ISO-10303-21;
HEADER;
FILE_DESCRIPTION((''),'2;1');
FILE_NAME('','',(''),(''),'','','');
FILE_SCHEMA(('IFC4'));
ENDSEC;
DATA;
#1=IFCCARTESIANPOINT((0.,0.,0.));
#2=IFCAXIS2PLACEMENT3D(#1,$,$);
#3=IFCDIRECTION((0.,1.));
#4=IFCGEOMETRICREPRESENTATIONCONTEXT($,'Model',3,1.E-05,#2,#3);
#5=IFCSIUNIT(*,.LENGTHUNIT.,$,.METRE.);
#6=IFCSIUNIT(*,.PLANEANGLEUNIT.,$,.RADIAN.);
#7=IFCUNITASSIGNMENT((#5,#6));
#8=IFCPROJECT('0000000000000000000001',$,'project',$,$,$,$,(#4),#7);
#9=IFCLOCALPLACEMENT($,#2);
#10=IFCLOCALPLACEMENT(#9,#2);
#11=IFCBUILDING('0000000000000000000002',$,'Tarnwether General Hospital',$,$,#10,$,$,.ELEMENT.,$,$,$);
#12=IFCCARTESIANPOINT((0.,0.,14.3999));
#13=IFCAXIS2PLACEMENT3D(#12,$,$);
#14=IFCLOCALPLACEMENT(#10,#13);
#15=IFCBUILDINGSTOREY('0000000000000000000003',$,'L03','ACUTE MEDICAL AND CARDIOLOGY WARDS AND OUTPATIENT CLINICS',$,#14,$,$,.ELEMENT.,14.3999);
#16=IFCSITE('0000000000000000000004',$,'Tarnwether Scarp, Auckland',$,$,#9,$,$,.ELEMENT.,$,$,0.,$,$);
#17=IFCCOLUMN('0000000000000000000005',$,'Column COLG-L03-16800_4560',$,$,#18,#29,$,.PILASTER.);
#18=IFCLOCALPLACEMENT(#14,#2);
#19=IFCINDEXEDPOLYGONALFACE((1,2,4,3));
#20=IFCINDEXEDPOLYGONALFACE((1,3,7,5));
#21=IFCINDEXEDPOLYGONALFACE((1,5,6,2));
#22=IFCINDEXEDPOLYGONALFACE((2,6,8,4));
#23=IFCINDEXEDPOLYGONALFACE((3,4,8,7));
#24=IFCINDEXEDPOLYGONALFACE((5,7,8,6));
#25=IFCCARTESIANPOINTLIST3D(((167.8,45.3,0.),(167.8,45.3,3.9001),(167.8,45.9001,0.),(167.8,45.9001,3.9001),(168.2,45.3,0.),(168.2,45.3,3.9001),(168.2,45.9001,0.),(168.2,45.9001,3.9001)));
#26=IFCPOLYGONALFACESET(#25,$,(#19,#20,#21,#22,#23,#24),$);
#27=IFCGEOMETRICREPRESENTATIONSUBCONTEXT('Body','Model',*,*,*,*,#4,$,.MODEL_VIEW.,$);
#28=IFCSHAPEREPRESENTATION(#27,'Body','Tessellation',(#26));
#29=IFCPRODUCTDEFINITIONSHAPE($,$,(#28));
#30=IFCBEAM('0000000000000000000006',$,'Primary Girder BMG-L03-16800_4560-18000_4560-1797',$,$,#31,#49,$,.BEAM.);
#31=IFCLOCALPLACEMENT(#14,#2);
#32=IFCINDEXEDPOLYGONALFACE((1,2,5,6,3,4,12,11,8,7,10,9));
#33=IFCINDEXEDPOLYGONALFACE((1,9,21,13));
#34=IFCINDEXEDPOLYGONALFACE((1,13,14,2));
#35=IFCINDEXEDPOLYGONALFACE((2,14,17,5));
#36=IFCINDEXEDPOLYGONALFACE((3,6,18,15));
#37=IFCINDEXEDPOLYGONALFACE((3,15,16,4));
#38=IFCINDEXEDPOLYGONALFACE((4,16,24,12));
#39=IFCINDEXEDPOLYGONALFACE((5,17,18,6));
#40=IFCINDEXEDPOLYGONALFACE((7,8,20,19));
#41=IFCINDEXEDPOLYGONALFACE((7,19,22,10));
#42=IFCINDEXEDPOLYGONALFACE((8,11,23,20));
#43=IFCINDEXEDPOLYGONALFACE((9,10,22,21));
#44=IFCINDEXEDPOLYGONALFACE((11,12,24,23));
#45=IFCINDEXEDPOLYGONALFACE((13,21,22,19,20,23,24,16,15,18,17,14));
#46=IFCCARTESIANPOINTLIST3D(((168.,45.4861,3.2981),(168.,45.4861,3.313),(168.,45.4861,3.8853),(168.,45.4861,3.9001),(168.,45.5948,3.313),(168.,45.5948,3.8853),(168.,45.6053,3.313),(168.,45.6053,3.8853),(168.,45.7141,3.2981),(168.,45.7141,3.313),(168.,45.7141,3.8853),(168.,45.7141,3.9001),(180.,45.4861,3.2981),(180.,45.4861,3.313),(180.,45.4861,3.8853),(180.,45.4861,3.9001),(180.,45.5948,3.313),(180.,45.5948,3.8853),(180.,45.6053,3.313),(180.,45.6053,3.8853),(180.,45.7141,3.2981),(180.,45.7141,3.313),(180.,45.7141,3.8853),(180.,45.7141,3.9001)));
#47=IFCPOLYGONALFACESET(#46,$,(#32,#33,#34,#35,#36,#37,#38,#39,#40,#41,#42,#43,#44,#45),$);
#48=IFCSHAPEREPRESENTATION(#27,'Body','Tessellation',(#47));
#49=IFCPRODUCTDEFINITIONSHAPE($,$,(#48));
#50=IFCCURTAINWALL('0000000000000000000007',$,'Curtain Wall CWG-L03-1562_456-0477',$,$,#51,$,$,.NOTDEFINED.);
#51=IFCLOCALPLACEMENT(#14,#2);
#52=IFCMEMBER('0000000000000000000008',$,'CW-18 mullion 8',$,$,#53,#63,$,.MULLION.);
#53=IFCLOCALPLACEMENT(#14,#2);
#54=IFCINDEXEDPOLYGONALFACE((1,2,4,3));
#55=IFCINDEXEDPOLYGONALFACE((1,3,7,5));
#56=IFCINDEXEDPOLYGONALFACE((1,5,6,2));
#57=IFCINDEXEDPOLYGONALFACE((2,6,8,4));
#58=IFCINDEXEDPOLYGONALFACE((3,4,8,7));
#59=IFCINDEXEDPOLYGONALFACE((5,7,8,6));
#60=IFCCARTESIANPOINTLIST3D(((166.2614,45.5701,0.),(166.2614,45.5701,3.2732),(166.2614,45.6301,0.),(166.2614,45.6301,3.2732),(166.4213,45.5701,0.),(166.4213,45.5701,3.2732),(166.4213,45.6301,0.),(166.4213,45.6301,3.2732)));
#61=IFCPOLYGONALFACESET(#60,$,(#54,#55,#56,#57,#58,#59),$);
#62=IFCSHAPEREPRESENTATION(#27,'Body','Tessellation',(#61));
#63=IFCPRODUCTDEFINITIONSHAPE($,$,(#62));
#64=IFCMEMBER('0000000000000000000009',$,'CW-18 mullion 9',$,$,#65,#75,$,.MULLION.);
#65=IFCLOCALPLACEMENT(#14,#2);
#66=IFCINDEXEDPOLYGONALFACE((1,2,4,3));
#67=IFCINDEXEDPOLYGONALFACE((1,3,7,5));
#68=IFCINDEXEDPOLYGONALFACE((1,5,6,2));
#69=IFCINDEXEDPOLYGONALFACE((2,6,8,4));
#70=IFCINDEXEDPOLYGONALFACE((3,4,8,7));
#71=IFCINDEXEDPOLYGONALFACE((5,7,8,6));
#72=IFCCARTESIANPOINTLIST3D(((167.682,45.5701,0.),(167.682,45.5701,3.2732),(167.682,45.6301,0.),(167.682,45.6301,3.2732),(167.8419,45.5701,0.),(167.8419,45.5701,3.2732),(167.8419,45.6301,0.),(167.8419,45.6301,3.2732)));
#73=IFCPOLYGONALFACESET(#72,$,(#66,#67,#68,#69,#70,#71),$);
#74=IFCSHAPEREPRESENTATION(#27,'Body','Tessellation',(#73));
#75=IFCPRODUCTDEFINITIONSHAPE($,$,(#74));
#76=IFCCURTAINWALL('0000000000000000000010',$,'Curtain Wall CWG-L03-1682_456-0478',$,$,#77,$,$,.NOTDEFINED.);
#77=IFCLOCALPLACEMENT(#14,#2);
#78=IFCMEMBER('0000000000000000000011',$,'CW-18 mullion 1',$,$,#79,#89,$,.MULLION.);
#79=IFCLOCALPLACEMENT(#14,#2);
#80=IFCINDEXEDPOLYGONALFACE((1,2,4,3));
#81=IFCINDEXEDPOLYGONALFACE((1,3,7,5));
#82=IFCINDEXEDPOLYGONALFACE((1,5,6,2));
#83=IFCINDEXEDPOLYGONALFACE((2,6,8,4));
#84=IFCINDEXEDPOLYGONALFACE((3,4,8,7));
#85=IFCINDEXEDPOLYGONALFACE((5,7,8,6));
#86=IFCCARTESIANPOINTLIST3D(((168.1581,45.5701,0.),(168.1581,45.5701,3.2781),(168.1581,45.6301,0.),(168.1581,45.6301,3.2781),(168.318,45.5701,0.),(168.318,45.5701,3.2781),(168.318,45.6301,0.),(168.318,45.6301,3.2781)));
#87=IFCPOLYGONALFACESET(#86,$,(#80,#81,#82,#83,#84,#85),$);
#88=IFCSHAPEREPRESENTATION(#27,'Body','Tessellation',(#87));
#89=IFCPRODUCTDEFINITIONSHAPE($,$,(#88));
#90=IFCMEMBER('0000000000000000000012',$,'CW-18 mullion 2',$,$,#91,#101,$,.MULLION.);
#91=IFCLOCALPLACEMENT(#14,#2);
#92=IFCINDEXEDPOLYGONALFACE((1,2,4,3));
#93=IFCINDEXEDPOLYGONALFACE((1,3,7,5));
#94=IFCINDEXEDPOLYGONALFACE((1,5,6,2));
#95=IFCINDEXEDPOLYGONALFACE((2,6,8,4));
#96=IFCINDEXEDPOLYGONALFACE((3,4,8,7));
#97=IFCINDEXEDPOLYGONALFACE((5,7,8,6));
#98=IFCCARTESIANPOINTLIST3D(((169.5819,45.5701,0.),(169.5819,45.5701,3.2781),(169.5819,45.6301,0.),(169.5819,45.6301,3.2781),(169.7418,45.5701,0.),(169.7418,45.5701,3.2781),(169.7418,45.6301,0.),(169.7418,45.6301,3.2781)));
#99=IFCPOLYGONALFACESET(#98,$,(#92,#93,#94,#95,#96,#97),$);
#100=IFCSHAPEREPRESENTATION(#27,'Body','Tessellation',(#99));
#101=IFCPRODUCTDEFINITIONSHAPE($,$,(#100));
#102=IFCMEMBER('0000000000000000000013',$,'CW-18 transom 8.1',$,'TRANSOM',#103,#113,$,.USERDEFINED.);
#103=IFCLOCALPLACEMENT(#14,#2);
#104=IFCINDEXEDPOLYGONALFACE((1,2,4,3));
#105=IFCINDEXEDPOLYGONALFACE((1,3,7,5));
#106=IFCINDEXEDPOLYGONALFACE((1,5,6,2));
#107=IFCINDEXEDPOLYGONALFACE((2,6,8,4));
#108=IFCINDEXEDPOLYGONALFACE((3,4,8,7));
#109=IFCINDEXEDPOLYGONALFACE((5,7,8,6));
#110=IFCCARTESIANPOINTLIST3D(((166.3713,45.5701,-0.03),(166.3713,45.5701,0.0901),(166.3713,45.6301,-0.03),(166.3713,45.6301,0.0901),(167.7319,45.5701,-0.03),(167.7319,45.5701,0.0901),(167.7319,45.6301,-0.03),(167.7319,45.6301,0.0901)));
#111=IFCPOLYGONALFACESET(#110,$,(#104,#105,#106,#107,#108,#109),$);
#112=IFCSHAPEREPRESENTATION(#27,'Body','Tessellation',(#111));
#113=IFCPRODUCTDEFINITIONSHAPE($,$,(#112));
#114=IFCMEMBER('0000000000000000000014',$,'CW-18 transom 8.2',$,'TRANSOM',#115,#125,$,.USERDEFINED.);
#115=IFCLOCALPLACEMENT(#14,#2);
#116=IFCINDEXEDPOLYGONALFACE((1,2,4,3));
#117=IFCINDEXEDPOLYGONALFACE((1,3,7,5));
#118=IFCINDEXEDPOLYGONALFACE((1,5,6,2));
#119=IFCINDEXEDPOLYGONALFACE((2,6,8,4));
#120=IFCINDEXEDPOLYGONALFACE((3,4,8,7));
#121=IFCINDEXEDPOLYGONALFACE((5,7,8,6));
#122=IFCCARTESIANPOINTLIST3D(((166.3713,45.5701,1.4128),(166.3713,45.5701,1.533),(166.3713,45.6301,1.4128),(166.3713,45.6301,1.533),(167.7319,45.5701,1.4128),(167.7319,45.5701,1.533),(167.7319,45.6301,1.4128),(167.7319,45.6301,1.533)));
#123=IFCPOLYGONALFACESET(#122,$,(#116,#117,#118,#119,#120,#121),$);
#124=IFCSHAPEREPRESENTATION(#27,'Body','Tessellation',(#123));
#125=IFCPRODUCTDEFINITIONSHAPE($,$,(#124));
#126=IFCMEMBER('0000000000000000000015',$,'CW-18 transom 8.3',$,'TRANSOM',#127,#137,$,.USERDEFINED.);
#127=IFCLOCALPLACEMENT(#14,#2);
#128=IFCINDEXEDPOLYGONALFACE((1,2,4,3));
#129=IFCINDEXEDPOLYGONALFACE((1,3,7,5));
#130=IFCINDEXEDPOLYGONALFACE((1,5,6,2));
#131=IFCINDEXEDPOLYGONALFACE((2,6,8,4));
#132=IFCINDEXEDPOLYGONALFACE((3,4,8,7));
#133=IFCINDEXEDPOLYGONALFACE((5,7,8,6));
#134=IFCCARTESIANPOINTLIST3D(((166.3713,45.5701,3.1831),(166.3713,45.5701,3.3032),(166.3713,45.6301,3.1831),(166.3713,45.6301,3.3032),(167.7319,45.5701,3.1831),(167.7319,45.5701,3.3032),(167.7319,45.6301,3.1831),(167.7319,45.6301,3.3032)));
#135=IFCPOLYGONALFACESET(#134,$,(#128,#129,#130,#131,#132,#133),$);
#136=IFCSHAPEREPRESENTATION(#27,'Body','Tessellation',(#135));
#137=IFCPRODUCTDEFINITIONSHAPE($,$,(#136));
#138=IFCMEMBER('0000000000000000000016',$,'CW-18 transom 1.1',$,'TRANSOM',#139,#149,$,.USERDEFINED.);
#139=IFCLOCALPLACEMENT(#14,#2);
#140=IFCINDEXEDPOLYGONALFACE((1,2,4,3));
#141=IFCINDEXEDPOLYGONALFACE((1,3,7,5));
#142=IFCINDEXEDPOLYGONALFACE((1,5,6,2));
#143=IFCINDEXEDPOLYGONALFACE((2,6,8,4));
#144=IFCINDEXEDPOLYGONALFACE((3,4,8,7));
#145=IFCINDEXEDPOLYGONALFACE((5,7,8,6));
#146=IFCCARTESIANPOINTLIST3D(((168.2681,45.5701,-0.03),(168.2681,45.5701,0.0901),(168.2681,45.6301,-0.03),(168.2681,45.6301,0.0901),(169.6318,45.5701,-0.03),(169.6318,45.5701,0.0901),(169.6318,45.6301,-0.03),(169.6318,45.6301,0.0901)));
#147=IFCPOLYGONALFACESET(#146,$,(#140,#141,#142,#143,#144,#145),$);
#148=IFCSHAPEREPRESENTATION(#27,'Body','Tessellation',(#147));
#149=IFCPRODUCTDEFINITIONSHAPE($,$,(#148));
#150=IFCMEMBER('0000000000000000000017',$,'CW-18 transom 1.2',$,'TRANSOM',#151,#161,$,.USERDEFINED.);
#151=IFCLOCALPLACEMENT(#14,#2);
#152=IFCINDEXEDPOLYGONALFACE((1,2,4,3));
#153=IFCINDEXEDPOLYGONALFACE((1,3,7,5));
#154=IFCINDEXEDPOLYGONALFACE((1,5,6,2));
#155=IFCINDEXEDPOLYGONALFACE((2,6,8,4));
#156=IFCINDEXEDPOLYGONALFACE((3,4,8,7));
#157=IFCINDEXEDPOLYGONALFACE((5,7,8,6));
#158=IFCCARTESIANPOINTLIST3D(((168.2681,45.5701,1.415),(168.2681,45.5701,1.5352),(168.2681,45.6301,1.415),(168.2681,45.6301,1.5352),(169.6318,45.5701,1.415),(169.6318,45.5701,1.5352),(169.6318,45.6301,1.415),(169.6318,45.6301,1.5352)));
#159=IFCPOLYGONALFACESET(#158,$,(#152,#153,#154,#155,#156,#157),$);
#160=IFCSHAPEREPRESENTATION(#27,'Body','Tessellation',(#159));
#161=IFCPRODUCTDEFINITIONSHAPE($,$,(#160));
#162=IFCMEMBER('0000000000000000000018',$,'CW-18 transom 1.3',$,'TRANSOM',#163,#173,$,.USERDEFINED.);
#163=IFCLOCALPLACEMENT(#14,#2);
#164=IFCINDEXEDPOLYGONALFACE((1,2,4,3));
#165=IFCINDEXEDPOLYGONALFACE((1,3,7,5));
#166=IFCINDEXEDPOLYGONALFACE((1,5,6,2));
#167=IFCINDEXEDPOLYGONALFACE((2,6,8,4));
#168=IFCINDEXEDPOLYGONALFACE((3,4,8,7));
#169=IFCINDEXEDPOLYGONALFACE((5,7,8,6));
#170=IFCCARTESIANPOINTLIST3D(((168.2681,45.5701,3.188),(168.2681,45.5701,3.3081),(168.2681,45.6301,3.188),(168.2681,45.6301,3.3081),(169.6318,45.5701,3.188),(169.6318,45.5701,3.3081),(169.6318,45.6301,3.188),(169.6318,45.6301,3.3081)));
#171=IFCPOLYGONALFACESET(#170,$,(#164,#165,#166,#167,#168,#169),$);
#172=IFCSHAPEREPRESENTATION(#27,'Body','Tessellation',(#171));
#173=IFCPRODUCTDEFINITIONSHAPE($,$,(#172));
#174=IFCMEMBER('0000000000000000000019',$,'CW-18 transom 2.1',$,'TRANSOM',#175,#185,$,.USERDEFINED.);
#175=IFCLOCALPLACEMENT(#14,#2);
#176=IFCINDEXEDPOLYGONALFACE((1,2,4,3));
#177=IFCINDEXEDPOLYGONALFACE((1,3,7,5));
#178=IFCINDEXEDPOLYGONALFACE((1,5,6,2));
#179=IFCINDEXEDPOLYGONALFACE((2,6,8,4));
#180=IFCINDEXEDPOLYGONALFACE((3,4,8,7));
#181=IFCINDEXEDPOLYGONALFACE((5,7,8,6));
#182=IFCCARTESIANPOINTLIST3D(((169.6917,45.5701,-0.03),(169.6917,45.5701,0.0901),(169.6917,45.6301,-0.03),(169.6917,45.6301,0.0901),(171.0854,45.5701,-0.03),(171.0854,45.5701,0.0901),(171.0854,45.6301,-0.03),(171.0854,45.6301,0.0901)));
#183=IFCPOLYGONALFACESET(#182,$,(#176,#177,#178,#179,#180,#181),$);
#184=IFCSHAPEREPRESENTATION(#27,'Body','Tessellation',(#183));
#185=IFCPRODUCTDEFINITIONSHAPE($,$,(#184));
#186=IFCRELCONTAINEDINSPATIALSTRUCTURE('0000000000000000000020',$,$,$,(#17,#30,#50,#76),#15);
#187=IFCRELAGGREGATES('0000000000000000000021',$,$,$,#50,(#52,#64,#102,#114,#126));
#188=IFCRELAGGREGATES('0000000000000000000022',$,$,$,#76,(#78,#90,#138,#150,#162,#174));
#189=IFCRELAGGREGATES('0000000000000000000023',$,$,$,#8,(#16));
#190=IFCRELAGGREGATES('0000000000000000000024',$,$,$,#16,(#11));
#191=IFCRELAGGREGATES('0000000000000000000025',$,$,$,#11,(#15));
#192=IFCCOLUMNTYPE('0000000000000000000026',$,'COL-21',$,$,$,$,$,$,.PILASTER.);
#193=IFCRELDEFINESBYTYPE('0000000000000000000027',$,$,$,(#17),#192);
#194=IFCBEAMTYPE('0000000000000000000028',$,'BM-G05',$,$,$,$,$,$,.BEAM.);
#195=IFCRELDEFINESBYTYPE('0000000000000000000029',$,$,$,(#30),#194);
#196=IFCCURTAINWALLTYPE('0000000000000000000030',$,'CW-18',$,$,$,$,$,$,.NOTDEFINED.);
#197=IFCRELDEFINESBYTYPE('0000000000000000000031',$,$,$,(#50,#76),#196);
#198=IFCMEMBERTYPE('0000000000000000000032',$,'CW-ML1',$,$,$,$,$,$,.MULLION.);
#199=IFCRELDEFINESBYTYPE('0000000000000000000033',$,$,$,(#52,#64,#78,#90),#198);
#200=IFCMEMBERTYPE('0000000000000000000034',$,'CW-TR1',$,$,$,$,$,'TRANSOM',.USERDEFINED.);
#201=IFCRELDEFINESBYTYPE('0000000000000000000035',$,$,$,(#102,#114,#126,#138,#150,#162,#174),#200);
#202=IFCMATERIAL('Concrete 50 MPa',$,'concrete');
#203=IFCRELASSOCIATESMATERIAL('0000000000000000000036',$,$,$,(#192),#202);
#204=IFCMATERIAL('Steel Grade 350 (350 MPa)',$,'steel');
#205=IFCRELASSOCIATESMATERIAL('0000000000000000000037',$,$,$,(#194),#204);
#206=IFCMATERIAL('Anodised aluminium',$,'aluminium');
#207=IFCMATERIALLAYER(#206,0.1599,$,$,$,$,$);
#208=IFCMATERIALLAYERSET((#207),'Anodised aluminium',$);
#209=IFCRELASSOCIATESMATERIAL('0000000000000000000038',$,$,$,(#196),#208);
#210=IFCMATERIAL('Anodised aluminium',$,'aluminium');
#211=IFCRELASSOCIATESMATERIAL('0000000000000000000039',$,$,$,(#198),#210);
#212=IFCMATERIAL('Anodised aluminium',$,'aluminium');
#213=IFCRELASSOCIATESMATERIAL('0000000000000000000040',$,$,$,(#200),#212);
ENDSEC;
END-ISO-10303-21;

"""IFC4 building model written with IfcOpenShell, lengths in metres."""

from ifc_helpers import new_model, si_unit, direction, frame, origin, origin_2d, place, context, subcontext, project, spatial, rectangle, i_section, extrude, material, layer, layer_set, material_profile, profile_set, type_object, element, aggregate, save


model = new_model("IFC4")

# Units and contexts
model_context = context("Model", 3, precision=1e-05, world=origin(), true_north=direction((0.0, 1.0)))
body_context = subcontext(model_context, "Body", "Model", "MODEL_VIEW")
ifc_project = project(units=[si_unit("LENGTHUNIT", "METRE"), si_unit("PLANEANGLEUNIT", "RADIAN")], contexts=[model_context])

# Site, building, storey
site_placement = place(None, origin())
site = spatial("IfcSite", under=ifc_project, at=site_placement, Name="Tarnwether Scarp, Auckland", CompositionType="ELEMENT", RefElevation=0.0)
building_placement = place(site_placement, origin())
building = spatial("IfcBuilding", under=site, at=building_placement, Name="Tarnwether General Hospital", CompositionType="ELEMENT")
storey_placement = place(building_placement, frame((0.0, 0.0, 14.3999)))
storey = spatial("IfcBuildingStorey", under=building, at=storey_placement, Name="L03", Description="ACUTE MEDICAL AND CARDIOLOGY WARDS AND OUTPATIENT CLINICS", CompositionType="ELEMENT", Elevation=14.3999)

# Column
ifc_material_1 = material(Name="Concrete 50 MPa", Category="concrete")
ifc_material_profile_1 = material_profile(ifc_material_1, rectangle(XDim=0.3999, YDim=0.6001, at=origin_2d()), Name="RC-PIL-400x600")
ifc_profile_set_1 = profile_set([ifc_material_profile_1], Name="Concrete 50 MPa")
column_type = type_object("IfcColumnType", Name="COL-21", PredefinedType="PILASTER", material=ifc_profile_set_1)
column_placement = place(storey_placement, frame((168.0, 45.6001, 0.0), z_axis=(0.0, 0.0, 1.0), x_axis=(1.0, 0.0, 0.0)))
element("IfcColumn", 1, at=column_placement, inside=storey, type_object=column_type, Name="Column COLG-L03-16800_4560", PredefinedType="PILASTER", context=body_context, shape_type="SweptSolid", body=[
    extrude(rectangle(XDim=0.3999, YDim=0.6001, at=origin_2d()), origin(), (0.0, 0.0, 1.0), 3.9001),
])

# Beam
ifc_material_2 = material(Name="Steel Grade 350 (350 MPa)", Category="steel")
ifc_material_profile_2 = material_profile(ifc_material_2, i_section(OverallWidth=0.228, OverallDepth=0.6021, WebThickness=0.0105, FlangeThickness=0.0149, at=origin_2d()), Name="610UB101")
ifc_profile_set_2 = profile_set([ifc_material_profile_2], Name="Steel Grade 350 (350 MPa)")
beam_type = type_object("IfcBeamType", Name="BM-G05", PredefinedType="BEAM", material=ifc_profile_set_2)
beam_placement = place(storey_placement, frame((168.0, 45.6001, 3.5991), z_axis=(1.0, 0.0, 0.0), x_axis=(0.0, 1.0, 0.0)))
element("IfcBeam", 2, at=beam_placement, inside=storey, type_object=beam_type, Name="Primary Girder BMG-L03-16800_4560-18000_4560-1797", PredefinedType="BEAM", context=body_context, shape_type="SweptSolid", body=[
    extrude(i_section(OverallWidth=0.228, OverallDepth=0.6021, WebThickness=0.0105, FlangeThickness=0.0149, at=origin_2d()), origin(), (0.0, 0.0, 1.0), 12.0),
])

# Curtain walls, members
ifc_material_3 = material(Name="Anodised aluminium", Category="aluminium")
ifc_layer_1 = layer(ifc_material_3, 0.1599)
ifc_layer_set_1 = layer_set([ifc_layer_1], Name="Anodised aluminium")
curtain_wall_type = type_object("IfcCurtainWallType", Name="CW-18", PredefinedType="NOTDEFINED", material=ifc_layer_set_1)
curtain_wall_1_placement = place(storey_placement, origin())
curtain_wall_1 = element("IfcCurtainWall", 3, at=curtain_wall_1_placement, inside=storey, type_object=curtain_wall_type, Name="Curtain Wall CWG-L03-1562_456-0477", PredefinedType="NOTDEFINED")
ifc_material_4 = material(Name="Anodised aluminium", Category="aluminium")
ifc_material_profile_3 = material_profile(ifc_material_4, rectangle(XDim=0.0601, YDim=0.1599, at=origin_2d()), Name="ALU-MUL-60x160")
ifc_profile_set_3 = profile_set([ifc_material_profile_3], Name="Anodised aluminium")
member_type_1 = type_object("IfcMemberType", Name="CW-ML1", PredefinedType="MULLION", material=ifc_profile_set_3)
member_1_placement = place(storey_placement, frame((166.3413, 45.6001, 0.0), z_axis=(0.0, 0.0, 1.0), x_axis=(0.0, 1.0, 0.0)))
member_1 = element("IfcMember", 4, at=member_1_placement, type_object=member_type_1, Name="CW-18 mullion 8", PredefinedType="MULLION", context=body_context, shape_type="SweptSolid", body=[
    extrude(rectangle(XDim=0.0601, YDim=0.1599, at=origin_2d()), origin(), (0.0, 0.0, 1.0), 3.2732),
])
member_2_placement = place(storey_placement, frame((167.762, 45.6001, 0.0), z_axis=(0.0, 0.0, 1.0), x_axis=(0.0, 1.0, 0.0)))
member_2 = element("IfcMember", 5, at=member_2_placement, type_object=member_type_1, Name="CW-18 mullion 9", PredefinedType="MULLION", context=body_context, shape_type="SweptSolid", body=[
    extrude(rectangle(XDim=0.0601, YDim=0.1599, at=origin_2d()), origin(), (0.0, 0.0, 1.0), 3.2732),
])
curtain_wall_2_placement = place(storey_placement, origin())
curtain_wall_2 = element("IfcCurtainWall", 6, at=curtain_wall_2_placement, inside=storey, type_object=curtain_wall_type, Name="Curtain Wall CWG-L03-1682_456-0478", PredefinedType="NOTDEFINED")
member_3_placement = place(storey_placement, frame((168.238, 45.6001, 0.0), z_axis=(0.0, 0.0, 1.0), x_axis=(0.0, 1.0, 0.0)))
member_3 = element("IfcMember", 7, at=member_3_placement, type_object=member_type_1, Name="CW-18 mullion 1", PredefinedType="MULLION", context=body_context, shape_type="SweptSolid", body=[
    extrude(rectangle(XDim=0.0601, YDim=0.1599, at=origin_2d()), origin(), (0.0, 0.0, 1.0), 3.2781),
])
member_4_placement = place(storey_placement, frame((169.6619, 45.6001, 0.0), z_axis=(0.0, 0.0, 1.0), x_axis=(0.0, 1.0, 0.0)))
member_4 = element("IfcMember", 8, at=member_4_placement, type_object=member_type_1, Name="CW-18 mullion 2", PredefinedType="MULLION", context=body_context, shape_type="SweptSolid", body=[
    extrude(rectangle(XDim=0.0601, YDim=0.1599, at=origin_2d()), origin(), (0.0, 0.0, 1.0), 3.2781),
])

# Members
ifc_material_5 = material(Name="Anodised aluminium", Category="aluminium")
ifc_material_profile_4 = material_profile(ifc_material_5, rectangle(XDim=0.0601, YDim=0.1201, at=origin_2d()), Name="ALU-TRN-60x120")
ifc_profile_set_4 = profile_set([ifc_material_profile_4], Name="Anodised aluminium")
member_type_2 = type_object("IfcMemberType", Name="CW-TR1", ElementType="TRANSOM", PredefinedType="USERDEFINED", material=ifc_profile_set_4)
member_5_placement = place(storey_placement, frame((166.3713, 45.6001, 0.03), z_axis=(1.0, 0.0, 0.0), x_axis=(0.0, 1.0, 0.0)))
member_5 = element("IfcMember", 9, at=member_5_placement, type_object=member_type_2, Name="CW-18 transom 8.1", ObjectType="TRANSOM", PredefinedType="USERDEFINED", context=body_context, shape_type="SweptSolid", body=[
    extrude(rectangle(XDim=0.0601, YDim=0.1201, at=origin_2d()), origin(), (0.0, 0.0, 1.0), 1.3606),
])
member_6_placement = place(storey_placement, frame((166.3713, 45.6001, 1.4729), z_axis=(1.0, 0.0, 0.0), x_axis=(0.0, 1.0, 0.0)))
member_6 = element("IfcMember", 10, at=member_6_placement, type_object=member_type_2, Name="CW-18 transom 8.2", ObjectType="TRANSOM", PredefinedType="USERDEFINED", context=body_context, shape_type="SweptSolid", body=[
    extrude(rectangle(XDim=0.0601, YDim=0.1201, at=origin_2d()), origin(), (0.0, 0.0, 1.0), 1.3606),
])
member_7_placement = place(storey_placement, frame((166.3713, 45.6001, 3.2432), z_axis=(1.0, 0.0, 0.0), x_axis=(0.0, 1.0, 0.0)))
member_7 = element("IfcMember", 11, at=member_7_placement, type_object=member_type_2, Name="CW-18 transom 8.3", ObjectType="TRANSOM", PredefinedType="USERDEFINED", context=body_context, shape_type="SweptSolid", body=[
    extrude(rectangle(XDim=0.0601, YDim=0.1201, at=origin_2d()), origin(), (0.0, 0.0, 1.0), 1.3606),
])
member_8_placement = place(storey_placement, frame((168.2681, 45.6001, 0.03), z_axis=(1.0, 0.0, 0.0), x_axis=(0.0, 1.0, 0.0)))
member_8 = element("IfcMember", 12, at=member_8_placement, type_object=member_type_2, Name="CW-18 transom 1.1", ObjectType="TRANSOM", PredefinedType="USERDEFINED", context=body_context, shape_type="SweptSolid", body=[
    extrude(rectangle(XDim=0.0601, YDim=0.1201, at=origin_2d()), origin(), (0.0, 0.0, 1.0), 1.3638),
])
member_9_placement = place(storey_placement, frame((168.2681, 45.6001, 1.4751), z_axis=(1.0, 0.0, 0.0), x_axis=(0.0, 1.0, 0.0)))
member_9 = element("IfcMember", 13, at=member_9_placement, type_object=member_type_2, Name="CW-18 transom 1.2", ObjectType="TRANSOM", PredefinedType="USERDEFINED", context=body_context, shape_type="SweptSolid", body=[
    extrude(rectangle(XDim=0.0601, YDim=0.1201, at=origin_2d()), origin(), (0.0, 0.0, 1.0), 1.3638),
])
member_10_placement = place(storey_placement, frame((168.2681, 45.6001, 3.248), z_axis=(1.0, 0.0, 0.0), x_axis=(0.0, 1.0, 0.0)))
member_10 = element("IfcMember", 14, at=member_10_placement, type_object=member_type_2, Name="CW-18 transom 1.3", ObjectType="TRANSOM", PredefinedType="USERDEFINED", context=body_context, shape_type="SweptSolid", body=[
    extrude(rectangle(XDim=0.0601, YDim=0.1201, at=origin_2d()), origin(), (0.0, 0.0, 1.0), 1.3638),
])
member_11_placement = place(storey_placement, frame((169.6917, 45.6001, 0.03), z_axis=(1.0, 0.0, 0.0), x_axis=(0.0, 1.0, 0.0)))
member_11 = element("IfcMember", 15, at=member_11_placement, type_object=member_type_2, Name="CW-18 transom 2.1", ObjectType="TRANSOM", PredefinedType="USERDEFINED", context=body_context, shape_type="SweptSolid", body=[
    extrude(rectangle(XDim=0.0601, YDim=0.1201, at=origin_2d()), origin(), (0.0, 0.0, 1.0), 1.3938),
])

aggregate(curtain_wall_1, [member_1, member_2, member_5, member_6, member_7])
aggregate(curtain_wall_2, [member_3, member_4, member_8, member_9, member_10, member_11])

save(model, "model.ifc")
